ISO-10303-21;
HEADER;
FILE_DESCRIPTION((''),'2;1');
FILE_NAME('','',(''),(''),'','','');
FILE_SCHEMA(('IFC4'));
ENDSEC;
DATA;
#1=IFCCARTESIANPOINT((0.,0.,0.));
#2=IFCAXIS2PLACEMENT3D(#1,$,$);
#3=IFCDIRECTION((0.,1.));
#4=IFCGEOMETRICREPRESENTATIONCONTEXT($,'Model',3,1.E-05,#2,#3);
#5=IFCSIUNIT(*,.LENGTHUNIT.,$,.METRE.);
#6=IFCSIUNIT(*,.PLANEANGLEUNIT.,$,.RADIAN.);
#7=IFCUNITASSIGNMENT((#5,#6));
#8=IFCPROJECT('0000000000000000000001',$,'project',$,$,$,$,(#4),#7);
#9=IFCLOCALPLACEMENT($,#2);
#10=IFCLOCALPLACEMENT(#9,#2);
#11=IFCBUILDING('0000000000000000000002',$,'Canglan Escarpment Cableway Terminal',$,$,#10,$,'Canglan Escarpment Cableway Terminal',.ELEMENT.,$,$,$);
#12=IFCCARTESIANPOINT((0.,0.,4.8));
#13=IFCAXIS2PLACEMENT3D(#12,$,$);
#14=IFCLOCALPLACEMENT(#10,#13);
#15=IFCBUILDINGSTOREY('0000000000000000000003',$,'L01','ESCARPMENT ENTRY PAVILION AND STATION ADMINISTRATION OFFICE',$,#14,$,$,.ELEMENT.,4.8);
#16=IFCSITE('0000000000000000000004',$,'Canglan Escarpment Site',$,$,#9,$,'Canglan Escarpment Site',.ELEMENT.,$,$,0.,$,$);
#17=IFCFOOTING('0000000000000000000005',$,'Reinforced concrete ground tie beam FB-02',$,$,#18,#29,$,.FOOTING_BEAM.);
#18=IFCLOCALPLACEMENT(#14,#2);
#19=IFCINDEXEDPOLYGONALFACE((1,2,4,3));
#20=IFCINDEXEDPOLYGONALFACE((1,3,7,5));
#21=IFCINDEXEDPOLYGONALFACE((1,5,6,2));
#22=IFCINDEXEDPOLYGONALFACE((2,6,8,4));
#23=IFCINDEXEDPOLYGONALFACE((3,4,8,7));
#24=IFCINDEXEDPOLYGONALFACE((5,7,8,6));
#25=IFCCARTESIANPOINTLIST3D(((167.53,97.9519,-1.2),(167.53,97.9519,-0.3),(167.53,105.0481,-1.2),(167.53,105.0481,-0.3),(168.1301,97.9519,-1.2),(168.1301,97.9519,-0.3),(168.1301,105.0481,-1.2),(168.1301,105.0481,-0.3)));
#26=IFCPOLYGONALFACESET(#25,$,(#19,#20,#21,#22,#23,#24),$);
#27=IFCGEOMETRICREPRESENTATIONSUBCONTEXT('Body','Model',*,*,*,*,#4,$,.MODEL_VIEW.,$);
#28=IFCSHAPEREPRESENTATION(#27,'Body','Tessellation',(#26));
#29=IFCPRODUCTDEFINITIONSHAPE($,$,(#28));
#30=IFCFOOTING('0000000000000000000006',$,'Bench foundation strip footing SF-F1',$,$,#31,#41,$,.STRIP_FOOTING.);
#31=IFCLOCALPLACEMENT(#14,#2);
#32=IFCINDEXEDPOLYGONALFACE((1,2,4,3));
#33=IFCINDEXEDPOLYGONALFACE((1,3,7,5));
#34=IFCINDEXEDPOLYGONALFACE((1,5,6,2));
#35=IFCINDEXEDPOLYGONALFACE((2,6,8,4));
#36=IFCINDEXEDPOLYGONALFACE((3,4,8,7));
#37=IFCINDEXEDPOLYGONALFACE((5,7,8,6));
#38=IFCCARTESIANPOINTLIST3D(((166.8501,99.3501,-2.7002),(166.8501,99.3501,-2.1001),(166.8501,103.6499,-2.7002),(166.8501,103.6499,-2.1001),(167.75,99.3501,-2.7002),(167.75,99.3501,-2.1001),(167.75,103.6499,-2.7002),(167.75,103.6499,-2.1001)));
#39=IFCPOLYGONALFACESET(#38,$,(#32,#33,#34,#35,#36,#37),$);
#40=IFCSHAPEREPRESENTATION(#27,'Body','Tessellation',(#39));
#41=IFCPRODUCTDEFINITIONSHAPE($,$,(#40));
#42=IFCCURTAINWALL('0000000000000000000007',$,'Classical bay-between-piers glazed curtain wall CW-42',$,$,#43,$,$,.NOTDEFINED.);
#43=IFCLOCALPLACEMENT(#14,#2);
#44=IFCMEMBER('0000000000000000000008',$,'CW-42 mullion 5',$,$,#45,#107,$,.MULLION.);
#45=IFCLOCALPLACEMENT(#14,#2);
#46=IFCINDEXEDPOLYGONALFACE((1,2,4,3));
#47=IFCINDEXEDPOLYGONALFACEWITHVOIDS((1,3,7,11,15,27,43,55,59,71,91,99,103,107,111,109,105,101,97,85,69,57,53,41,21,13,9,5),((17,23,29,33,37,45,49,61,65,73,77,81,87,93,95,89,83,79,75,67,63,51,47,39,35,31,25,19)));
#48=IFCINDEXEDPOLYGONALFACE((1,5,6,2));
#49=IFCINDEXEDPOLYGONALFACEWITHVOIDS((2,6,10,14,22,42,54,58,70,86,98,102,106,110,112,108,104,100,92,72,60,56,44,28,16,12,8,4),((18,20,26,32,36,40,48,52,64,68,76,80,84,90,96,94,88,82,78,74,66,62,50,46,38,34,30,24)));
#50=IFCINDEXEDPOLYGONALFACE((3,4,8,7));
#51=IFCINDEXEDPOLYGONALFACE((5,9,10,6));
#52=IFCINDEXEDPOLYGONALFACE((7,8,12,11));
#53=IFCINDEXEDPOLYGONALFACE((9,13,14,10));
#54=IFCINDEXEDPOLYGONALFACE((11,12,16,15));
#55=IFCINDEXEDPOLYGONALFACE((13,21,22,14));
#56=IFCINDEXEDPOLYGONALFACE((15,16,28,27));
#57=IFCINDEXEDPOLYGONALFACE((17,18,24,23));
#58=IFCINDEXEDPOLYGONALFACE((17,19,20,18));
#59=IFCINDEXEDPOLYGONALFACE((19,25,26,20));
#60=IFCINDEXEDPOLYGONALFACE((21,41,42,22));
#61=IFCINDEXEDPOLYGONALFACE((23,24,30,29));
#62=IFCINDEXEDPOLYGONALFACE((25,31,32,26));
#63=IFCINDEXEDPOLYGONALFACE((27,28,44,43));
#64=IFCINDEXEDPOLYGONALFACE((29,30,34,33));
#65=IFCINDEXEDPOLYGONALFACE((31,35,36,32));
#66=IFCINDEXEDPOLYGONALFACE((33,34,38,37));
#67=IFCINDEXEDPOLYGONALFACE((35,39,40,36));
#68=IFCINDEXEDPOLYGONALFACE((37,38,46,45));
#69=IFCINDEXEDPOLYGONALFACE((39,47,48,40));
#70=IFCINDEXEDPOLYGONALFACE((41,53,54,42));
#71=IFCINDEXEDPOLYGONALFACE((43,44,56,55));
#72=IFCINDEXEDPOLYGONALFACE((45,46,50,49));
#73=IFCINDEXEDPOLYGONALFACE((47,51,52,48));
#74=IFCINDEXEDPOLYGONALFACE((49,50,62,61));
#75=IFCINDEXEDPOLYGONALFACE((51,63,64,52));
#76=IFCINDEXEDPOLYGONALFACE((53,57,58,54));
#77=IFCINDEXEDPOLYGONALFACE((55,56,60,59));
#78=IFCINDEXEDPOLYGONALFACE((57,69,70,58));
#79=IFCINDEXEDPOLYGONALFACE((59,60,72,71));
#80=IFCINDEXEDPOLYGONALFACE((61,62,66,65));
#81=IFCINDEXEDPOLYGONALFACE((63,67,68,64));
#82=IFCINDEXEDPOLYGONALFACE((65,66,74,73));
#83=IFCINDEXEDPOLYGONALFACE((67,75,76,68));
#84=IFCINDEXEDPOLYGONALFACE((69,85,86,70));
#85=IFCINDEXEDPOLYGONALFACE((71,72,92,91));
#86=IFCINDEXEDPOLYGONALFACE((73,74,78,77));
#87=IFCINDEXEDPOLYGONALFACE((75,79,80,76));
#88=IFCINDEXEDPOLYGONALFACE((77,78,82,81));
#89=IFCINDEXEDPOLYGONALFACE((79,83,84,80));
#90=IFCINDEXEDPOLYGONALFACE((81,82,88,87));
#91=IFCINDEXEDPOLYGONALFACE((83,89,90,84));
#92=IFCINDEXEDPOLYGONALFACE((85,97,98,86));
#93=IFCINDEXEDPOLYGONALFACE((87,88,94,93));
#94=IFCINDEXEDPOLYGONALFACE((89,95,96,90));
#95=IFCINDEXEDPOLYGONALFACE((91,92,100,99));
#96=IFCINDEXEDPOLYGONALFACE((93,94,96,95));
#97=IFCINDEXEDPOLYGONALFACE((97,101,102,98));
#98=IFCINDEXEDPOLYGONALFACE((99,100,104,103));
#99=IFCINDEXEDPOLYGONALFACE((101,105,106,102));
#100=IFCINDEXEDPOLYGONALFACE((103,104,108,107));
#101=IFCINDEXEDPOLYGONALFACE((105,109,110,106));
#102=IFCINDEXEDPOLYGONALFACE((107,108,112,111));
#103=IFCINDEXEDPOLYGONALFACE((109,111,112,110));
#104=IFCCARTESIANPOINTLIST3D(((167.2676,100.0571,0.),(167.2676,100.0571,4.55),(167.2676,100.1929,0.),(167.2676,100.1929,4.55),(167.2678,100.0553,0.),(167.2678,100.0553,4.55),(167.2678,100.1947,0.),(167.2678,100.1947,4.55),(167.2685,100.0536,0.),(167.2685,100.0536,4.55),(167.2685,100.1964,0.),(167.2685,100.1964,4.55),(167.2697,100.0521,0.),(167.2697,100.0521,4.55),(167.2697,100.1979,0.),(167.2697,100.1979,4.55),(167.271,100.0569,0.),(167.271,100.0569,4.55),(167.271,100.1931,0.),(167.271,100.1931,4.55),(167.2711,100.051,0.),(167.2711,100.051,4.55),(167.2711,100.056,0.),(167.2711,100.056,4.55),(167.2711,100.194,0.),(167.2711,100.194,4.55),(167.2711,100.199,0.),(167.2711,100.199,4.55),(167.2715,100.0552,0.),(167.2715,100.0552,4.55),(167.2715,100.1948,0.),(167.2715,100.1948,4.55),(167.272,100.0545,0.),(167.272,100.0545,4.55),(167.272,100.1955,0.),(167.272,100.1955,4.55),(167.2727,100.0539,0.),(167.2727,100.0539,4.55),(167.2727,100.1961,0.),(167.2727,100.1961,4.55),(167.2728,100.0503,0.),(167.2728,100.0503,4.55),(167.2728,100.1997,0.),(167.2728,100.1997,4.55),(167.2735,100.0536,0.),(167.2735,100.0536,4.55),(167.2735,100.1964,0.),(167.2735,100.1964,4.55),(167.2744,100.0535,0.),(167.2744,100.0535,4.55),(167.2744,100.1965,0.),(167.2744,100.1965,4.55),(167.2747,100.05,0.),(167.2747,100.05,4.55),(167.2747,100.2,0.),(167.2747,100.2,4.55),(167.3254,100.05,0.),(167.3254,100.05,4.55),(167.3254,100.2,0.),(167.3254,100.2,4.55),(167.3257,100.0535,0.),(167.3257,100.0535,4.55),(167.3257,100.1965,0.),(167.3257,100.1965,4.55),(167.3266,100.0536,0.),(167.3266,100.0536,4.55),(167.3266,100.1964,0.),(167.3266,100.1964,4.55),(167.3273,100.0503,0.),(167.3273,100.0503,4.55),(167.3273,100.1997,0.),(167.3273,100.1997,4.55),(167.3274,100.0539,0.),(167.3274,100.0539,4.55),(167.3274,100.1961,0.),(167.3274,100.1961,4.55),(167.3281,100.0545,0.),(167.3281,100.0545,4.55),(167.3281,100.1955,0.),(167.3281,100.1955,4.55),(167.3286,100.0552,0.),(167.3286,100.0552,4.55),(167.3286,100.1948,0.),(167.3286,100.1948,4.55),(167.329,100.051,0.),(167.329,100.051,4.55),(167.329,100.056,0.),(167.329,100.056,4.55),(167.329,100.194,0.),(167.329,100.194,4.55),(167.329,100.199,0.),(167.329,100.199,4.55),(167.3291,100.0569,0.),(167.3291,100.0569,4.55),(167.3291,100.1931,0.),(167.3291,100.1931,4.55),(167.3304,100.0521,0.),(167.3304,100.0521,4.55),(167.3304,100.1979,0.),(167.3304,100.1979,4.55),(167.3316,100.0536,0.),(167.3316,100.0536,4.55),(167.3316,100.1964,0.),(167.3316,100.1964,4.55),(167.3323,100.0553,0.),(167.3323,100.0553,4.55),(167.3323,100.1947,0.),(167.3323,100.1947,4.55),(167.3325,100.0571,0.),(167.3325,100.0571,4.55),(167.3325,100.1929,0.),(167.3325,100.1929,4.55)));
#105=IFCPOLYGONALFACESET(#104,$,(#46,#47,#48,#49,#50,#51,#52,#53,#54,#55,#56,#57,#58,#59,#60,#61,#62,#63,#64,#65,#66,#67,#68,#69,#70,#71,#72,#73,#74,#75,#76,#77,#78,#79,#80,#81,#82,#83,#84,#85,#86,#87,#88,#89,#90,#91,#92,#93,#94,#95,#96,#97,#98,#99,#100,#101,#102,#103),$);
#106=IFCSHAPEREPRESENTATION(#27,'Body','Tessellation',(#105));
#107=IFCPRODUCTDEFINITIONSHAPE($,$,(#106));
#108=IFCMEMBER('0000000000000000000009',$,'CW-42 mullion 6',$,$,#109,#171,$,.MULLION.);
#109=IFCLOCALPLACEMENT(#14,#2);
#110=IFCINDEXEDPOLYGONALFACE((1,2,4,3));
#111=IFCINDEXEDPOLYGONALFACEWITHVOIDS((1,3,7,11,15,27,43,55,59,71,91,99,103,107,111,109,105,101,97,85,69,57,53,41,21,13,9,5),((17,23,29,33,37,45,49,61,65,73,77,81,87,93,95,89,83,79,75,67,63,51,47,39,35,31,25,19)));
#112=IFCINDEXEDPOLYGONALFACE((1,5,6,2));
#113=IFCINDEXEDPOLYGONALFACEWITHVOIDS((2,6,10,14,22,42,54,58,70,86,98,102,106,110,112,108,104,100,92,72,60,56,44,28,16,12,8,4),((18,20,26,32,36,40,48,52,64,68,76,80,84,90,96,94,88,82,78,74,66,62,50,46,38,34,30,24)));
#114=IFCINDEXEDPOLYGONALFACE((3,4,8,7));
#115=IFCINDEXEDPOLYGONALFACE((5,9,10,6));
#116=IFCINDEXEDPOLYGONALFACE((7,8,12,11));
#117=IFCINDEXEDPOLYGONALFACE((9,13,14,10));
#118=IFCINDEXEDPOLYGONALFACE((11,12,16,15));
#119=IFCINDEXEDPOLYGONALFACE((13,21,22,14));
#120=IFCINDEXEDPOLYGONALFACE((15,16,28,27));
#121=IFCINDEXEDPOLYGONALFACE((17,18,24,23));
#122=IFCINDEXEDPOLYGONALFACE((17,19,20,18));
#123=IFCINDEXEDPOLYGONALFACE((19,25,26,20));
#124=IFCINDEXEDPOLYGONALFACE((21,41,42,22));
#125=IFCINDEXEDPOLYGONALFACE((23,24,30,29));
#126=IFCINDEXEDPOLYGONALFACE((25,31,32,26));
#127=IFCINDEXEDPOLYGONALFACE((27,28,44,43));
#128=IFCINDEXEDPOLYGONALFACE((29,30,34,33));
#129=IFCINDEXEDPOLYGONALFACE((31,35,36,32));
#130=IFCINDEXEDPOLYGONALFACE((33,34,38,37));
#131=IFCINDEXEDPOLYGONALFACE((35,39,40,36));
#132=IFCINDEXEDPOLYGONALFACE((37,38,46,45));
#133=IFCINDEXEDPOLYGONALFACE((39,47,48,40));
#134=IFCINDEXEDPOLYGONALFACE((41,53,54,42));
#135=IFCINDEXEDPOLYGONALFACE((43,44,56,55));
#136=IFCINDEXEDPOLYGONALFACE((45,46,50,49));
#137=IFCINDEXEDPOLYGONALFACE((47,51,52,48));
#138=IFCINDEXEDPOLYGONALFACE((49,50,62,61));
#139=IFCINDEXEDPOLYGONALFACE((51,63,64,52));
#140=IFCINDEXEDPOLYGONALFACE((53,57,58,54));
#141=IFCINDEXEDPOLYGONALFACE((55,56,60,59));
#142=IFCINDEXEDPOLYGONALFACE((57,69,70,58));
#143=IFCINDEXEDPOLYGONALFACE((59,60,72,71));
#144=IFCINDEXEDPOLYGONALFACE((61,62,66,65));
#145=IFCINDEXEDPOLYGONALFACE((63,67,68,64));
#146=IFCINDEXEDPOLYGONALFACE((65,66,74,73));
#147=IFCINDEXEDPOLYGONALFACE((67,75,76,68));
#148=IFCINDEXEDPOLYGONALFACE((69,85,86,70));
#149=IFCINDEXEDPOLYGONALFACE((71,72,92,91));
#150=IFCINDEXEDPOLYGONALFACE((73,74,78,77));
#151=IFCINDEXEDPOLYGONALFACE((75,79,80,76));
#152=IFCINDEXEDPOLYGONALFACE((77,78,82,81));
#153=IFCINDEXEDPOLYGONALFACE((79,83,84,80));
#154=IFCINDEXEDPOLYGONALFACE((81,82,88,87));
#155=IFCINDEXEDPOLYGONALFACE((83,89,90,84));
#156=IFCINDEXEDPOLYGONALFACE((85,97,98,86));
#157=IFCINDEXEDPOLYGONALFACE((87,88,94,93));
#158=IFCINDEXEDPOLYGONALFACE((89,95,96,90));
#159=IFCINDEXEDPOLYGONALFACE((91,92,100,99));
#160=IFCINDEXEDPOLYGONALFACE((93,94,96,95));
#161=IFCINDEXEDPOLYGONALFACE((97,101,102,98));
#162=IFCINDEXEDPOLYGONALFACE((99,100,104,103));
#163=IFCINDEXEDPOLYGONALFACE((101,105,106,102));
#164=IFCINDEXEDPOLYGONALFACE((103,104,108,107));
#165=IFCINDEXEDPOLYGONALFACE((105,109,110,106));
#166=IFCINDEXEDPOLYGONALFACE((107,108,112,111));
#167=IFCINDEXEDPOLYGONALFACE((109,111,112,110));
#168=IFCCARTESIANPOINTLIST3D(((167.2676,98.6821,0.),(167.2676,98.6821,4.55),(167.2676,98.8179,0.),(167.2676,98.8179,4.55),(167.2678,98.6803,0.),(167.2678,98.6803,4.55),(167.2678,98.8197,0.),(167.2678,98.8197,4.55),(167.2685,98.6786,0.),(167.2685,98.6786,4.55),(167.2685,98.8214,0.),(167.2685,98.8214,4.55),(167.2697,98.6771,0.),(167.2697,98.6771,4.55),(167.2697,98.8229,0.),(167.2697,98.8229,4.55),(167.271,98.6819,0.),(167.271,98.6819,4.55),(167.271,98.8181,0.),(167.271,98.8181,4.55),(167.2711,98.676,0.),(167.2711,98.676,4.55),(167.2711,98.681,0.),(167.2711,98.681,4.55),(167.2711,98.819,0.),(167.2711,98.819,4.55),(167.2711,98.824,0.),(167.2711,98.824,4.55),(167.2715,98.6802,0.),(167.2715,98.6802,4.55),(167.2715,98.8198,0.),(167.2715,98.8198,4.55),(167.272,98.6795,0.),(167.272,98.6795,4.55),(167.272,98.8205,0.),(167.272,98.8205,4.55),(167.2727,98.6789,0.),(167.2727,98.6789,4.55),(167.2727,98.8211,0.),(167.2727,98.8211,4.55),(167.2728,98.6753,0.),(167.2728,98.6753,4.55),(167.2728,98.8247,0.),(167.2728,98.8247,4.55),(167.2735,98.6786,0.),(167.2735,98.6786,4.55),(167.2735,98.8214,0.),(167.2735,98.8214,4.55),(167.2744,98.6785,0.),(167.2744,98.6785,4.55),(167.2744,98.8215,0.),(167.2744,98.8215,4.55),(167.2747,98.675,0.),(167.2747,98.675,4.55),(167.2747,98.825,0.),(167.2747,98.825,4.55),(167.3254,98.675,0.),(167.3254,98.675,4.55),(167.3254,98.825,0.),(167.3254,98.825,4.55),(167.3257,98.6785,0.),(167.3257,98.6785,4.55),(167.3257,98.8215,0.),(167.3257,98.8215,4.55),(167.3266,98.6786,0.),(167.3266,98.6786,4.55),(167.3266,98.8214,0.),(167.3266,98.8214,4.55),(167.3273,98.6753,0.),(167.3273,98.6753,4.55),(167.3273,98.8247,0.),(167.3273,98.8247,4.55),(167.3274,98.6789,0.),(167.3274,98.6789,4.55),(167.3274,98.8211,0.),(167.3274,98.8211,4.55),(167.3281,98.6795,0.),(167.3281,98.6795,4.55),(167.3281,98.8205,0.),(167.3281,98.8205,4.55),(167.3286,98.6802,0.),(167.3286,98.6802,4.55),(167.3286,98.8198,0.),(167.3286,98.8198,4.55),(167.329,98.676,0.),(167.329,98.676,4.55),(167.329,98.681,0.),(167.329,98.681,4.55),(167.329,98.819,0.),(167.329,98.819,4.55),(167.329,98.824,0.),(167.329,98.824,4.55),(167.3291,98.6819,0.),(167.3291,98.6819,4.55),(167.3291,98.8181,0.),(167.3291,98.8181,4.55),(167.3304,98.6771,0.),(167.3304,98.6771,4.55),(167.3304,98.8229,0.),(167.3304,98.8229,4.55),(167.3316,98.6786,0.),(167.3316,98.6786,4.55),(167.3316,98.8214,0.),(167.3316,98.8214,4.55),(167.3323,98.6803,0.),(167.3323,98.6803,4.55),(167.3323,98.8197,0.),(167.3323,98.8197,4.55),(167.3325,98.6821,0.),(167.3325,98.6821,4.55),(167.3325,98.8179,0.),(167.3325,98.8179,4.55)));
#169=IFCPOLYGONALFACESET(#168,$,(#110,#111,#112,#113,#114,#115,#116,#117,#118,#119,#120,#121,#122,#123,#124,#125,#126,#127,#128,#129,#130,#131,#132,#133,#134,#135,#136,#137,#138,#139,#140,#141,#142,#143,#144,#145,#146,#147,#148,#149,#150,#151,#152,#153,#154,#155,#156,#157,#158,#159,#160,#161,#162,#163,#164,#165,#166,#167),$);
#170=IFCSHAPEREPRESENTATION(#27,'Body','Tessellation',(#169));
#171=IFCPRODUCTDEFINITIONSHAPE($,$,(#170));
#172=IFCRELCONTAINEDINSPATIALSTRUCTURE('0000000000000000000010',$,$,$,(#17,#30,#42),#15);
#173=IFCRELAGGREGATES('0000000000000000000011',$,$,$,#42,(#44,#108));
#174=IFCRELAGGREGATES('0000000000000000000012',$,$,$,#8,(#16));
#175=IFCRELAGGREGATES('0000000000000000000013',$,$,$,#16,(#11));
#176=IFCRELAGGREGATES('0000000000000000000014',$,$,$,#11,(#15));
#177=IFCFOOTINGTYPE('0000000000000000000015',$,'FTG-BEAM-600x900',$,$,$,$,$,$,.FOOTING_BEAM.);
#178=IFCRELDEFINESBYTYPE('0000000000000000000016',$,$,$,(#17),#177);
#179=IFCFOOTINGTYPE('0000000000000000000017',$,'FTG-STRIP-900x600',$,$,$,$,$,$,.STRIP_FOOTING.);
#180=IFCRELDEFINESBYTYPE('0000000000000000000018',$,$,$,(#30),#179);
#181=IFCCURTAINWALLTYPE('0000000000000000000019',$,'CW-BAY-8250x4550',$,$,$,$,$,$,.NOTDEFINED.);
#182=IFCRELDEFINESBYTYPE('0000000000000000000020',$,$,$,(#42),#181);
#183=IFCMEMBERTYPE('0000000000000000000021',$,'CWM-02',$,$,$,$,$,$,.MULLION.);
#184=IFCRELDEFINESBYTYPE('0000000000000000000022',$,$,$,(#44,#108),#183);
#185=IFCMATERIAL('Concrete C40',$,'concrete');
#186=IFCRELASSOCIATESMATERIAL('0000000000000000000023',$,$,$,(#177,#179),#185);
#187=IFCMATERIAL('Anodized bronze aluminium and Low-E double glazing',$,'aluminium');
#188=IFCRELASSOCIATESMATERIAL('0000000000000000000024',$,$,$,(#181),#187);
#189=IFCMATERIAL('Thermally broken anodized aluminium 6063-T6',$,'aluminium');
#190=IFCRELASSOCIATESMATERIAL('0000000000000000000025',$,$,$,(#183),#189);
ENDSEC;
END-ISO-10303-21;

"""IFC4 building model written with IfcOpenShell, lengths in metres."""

from ifc_helpers import new_model, si_unit, direction, frame, origin, origin_2d, place, context, subcontext, project, spatial, rectangle, hollow_rectangle, extrude, material, material_profile, profile_set, type_object, element, aggregate, save


model = new_model("IFC4")

# Units and contexts
model_context = context("Model", 3, precision=1e-05, world=origin(), true_north=direction((0.0, 1.0)))
body_context = subcontext(model_context, "Body", "Model", "MODEL_VIEW")
ifc_project = project(units=[si_unit("LENGTHUNIT", "METRE"), si_unit("PLANEANGLEUNIT", "RADIAN")], contexts=[model_context])

# Site, building, storey
site_placement = place(None, origin())
site = spatial("IfcSite", under=ifc_project, at=site_placement, Name="Canglan Escarpment Site", LongName="Canglan Escarpment Site", CompositionType="ELEMENT", RefElevation=0.0)
building_placement = place(site_placement, origin())
building = spatial("IfcBuilding", under=site, at=building_placement, Name="Canglan Escarpment Cableway Terminal", LongName="Canglan Escarpment Cableway Terminal", CompositionType="ELEMENT")
storey_placement = place(building_placement, frame((0.0, 0.0, 4.8)))
storey = spatial("IfcBuildingStorey", under=building, at=storey_placement, Name="L01", Description="ESCARPMENT ENTRY PAVILION AND STATION ADMINISTRATION OFFICE", CompositionType="ELEMENT", Elevation=4.8)

# Footings
ifc_material_1 = material(Name="Concrete C40", Category="concrete")
ifc_material_profile_1 = material_profile(ifc_material_1, rectangle(XDim=0.6001, YDim=0.8999, at=origin_2d()), Name="FB 600x900")
ifc_profile_set_1 = profile_set([ifc_material_profile_1], Name="Concrete C40")
footing_type_1 = type_object("IfcFootingType", Name="FTG-BEAM-600x900", PredefinedType="FOOTING_BEAM", material=ifc_profile_set_1)
footing_1_placement = place(storey_placement, frame((167.8301, 97.9519, -0.75), z_axis=(0.0, 1.0, 0.0), x_axis=(-1.0, 0.0, 0.0)))
element("IfcFooting", 1, at=footing_1_placement, inside=storey, type_object=footing_type_1, Name="Reinforced concrete ground tie beam FB-02", PredefinedType="FOOTING_BEAM", context=body_context, shape_type="SweptSolid", body=[
    extrude(rectangle(XDim=0.6001, YDim=0.8999, at=origin_2d()), origin(), (0.0, 0.0, 1.0), 7.0962),
])
ifc_material_profile_2 = material_profile(ifc_material_1, rectangle(XDim=0.8999, YDim=0.6001, at=origin_2d()), Name="SF 900x600")
ifc_profile_set_2 = profile_set([ifc_material_profile_2], Name="Concrete C40")
footing_type_2 = type_object("IfcFootingType", Name="FTG-STRIP-900x600", PredefinedType="STRIP_FOOTING", material=ifc_profile_set_2)
footing_2_placement = place(storey_placement, frame((167.3, 99.3501, -2.4001), z_axis=(0.0, 1.0, 0.0), x_axis=(-1.0, 0.0, 0.0)))
element("IfcFooting", 2, at=footing_2_placement, inside=storey, type_object=footing_type_2, Name="Bench foundation strip footing SF-F1", PredefinedType="STRIP_FOOTING", context=body_context, shape_type="SweptSolid", body=[
    extrude(rectangle(XDim=0.8999, YDim=0.6001, at=origin_2d()), origin(), (0.0, 0.0, 1.0), 4.2998),
])

# Curtain wall, members
ifc_material_2 = material(Name="Anodized bronze aluminium and Low-E double glazing", Category="aluminium")
curtain_wall_type = type_object("IfcCurtainWallType", Name="CW-BAY-8250x4550", PredefinedType="NOTDEFINED", material=ifc_material_2)
curtain_wall_placement = place(storey_placement, origin())
curtain_wall = element("IfcCurtainWall", 3, at=curtain_wall_placement, inside=storey, type_object=curtain_wall_type, Name="Classical bay-between-piers glazed curtain wall CW-42", PredefinedType="NOTDEFINED")
ifc_material_3 = material(Name="Thermally broken anodized aluminium 6063-T6", Category="aluminium")
ifc_material_profile_3 = material_profile(ifc_material_3, hollow_rectangle(XDim=0.0649, YDim=0.1499, WallThickness=0.0034, InnerFilletRadius=0.0034, OuterFilletRadius=0.0071, at=origin_2d()), Name="ALU-MULL 65x150x3.5")
ifc_profile_set_3 = profile_set([ifc_material_profile_3], Name="Thermally broken anodized aluminium 6063-T6")
member_type_1 = type_object("IfcMemberType", Name="CWM-02", PredefinedType="MULLION", material=ifc_profile_set_3)
member_1_placement = place(storey_placement, frame((167.3, 100.125, 0.0), z_axis=(0.0, 0.0, 1.0), x_axis=(1.0, 0.0, 0.0)))
member_1 = element("IfcMember", 4, at=member_1_placement, type_object=member_type_1, Name="CW-42 mullion 5", PredefinedType="MULLION", context=body_context, shape_type="SweptSolid", body=[
    extrude(hollow_rectangle(XDim=0.0649, YDim=0.1499, WallThickness=0.0034, InnerFilletRadius=0.0034, OuterFilletRadius=0.0071, at=origin_2d()), origin(), (0.0, 0.0, 1.0), 4.55),
])
member_2_placement = place(storey_placement, frame((167.3, 98.75, 0.0), z_axis=(0.0, 0.0, 1.0), x_axis=(1.0, 0.0, 0.0)))
member_2 = element("IfcMember", 5, at=member_2_placement, type_object=member_type_1, Name="CW-42 mullion 6", PredefinedType="MULLION", context=body_context, shape_type="SweptSolid", body=[
    extrude(hollow_rectangle(XDim=0.0649, YDim=0.1499, WallThickness=0.0034, InnerFilletRadius=0.0034, OuterFilletRadius=0.0071, at=origin_2d()), origin(), (0.0, 0.0, 1.0), 4.55),
])
aggregate(curtain_wall, [member_1, member_2])

save(model, "model.ifc")
